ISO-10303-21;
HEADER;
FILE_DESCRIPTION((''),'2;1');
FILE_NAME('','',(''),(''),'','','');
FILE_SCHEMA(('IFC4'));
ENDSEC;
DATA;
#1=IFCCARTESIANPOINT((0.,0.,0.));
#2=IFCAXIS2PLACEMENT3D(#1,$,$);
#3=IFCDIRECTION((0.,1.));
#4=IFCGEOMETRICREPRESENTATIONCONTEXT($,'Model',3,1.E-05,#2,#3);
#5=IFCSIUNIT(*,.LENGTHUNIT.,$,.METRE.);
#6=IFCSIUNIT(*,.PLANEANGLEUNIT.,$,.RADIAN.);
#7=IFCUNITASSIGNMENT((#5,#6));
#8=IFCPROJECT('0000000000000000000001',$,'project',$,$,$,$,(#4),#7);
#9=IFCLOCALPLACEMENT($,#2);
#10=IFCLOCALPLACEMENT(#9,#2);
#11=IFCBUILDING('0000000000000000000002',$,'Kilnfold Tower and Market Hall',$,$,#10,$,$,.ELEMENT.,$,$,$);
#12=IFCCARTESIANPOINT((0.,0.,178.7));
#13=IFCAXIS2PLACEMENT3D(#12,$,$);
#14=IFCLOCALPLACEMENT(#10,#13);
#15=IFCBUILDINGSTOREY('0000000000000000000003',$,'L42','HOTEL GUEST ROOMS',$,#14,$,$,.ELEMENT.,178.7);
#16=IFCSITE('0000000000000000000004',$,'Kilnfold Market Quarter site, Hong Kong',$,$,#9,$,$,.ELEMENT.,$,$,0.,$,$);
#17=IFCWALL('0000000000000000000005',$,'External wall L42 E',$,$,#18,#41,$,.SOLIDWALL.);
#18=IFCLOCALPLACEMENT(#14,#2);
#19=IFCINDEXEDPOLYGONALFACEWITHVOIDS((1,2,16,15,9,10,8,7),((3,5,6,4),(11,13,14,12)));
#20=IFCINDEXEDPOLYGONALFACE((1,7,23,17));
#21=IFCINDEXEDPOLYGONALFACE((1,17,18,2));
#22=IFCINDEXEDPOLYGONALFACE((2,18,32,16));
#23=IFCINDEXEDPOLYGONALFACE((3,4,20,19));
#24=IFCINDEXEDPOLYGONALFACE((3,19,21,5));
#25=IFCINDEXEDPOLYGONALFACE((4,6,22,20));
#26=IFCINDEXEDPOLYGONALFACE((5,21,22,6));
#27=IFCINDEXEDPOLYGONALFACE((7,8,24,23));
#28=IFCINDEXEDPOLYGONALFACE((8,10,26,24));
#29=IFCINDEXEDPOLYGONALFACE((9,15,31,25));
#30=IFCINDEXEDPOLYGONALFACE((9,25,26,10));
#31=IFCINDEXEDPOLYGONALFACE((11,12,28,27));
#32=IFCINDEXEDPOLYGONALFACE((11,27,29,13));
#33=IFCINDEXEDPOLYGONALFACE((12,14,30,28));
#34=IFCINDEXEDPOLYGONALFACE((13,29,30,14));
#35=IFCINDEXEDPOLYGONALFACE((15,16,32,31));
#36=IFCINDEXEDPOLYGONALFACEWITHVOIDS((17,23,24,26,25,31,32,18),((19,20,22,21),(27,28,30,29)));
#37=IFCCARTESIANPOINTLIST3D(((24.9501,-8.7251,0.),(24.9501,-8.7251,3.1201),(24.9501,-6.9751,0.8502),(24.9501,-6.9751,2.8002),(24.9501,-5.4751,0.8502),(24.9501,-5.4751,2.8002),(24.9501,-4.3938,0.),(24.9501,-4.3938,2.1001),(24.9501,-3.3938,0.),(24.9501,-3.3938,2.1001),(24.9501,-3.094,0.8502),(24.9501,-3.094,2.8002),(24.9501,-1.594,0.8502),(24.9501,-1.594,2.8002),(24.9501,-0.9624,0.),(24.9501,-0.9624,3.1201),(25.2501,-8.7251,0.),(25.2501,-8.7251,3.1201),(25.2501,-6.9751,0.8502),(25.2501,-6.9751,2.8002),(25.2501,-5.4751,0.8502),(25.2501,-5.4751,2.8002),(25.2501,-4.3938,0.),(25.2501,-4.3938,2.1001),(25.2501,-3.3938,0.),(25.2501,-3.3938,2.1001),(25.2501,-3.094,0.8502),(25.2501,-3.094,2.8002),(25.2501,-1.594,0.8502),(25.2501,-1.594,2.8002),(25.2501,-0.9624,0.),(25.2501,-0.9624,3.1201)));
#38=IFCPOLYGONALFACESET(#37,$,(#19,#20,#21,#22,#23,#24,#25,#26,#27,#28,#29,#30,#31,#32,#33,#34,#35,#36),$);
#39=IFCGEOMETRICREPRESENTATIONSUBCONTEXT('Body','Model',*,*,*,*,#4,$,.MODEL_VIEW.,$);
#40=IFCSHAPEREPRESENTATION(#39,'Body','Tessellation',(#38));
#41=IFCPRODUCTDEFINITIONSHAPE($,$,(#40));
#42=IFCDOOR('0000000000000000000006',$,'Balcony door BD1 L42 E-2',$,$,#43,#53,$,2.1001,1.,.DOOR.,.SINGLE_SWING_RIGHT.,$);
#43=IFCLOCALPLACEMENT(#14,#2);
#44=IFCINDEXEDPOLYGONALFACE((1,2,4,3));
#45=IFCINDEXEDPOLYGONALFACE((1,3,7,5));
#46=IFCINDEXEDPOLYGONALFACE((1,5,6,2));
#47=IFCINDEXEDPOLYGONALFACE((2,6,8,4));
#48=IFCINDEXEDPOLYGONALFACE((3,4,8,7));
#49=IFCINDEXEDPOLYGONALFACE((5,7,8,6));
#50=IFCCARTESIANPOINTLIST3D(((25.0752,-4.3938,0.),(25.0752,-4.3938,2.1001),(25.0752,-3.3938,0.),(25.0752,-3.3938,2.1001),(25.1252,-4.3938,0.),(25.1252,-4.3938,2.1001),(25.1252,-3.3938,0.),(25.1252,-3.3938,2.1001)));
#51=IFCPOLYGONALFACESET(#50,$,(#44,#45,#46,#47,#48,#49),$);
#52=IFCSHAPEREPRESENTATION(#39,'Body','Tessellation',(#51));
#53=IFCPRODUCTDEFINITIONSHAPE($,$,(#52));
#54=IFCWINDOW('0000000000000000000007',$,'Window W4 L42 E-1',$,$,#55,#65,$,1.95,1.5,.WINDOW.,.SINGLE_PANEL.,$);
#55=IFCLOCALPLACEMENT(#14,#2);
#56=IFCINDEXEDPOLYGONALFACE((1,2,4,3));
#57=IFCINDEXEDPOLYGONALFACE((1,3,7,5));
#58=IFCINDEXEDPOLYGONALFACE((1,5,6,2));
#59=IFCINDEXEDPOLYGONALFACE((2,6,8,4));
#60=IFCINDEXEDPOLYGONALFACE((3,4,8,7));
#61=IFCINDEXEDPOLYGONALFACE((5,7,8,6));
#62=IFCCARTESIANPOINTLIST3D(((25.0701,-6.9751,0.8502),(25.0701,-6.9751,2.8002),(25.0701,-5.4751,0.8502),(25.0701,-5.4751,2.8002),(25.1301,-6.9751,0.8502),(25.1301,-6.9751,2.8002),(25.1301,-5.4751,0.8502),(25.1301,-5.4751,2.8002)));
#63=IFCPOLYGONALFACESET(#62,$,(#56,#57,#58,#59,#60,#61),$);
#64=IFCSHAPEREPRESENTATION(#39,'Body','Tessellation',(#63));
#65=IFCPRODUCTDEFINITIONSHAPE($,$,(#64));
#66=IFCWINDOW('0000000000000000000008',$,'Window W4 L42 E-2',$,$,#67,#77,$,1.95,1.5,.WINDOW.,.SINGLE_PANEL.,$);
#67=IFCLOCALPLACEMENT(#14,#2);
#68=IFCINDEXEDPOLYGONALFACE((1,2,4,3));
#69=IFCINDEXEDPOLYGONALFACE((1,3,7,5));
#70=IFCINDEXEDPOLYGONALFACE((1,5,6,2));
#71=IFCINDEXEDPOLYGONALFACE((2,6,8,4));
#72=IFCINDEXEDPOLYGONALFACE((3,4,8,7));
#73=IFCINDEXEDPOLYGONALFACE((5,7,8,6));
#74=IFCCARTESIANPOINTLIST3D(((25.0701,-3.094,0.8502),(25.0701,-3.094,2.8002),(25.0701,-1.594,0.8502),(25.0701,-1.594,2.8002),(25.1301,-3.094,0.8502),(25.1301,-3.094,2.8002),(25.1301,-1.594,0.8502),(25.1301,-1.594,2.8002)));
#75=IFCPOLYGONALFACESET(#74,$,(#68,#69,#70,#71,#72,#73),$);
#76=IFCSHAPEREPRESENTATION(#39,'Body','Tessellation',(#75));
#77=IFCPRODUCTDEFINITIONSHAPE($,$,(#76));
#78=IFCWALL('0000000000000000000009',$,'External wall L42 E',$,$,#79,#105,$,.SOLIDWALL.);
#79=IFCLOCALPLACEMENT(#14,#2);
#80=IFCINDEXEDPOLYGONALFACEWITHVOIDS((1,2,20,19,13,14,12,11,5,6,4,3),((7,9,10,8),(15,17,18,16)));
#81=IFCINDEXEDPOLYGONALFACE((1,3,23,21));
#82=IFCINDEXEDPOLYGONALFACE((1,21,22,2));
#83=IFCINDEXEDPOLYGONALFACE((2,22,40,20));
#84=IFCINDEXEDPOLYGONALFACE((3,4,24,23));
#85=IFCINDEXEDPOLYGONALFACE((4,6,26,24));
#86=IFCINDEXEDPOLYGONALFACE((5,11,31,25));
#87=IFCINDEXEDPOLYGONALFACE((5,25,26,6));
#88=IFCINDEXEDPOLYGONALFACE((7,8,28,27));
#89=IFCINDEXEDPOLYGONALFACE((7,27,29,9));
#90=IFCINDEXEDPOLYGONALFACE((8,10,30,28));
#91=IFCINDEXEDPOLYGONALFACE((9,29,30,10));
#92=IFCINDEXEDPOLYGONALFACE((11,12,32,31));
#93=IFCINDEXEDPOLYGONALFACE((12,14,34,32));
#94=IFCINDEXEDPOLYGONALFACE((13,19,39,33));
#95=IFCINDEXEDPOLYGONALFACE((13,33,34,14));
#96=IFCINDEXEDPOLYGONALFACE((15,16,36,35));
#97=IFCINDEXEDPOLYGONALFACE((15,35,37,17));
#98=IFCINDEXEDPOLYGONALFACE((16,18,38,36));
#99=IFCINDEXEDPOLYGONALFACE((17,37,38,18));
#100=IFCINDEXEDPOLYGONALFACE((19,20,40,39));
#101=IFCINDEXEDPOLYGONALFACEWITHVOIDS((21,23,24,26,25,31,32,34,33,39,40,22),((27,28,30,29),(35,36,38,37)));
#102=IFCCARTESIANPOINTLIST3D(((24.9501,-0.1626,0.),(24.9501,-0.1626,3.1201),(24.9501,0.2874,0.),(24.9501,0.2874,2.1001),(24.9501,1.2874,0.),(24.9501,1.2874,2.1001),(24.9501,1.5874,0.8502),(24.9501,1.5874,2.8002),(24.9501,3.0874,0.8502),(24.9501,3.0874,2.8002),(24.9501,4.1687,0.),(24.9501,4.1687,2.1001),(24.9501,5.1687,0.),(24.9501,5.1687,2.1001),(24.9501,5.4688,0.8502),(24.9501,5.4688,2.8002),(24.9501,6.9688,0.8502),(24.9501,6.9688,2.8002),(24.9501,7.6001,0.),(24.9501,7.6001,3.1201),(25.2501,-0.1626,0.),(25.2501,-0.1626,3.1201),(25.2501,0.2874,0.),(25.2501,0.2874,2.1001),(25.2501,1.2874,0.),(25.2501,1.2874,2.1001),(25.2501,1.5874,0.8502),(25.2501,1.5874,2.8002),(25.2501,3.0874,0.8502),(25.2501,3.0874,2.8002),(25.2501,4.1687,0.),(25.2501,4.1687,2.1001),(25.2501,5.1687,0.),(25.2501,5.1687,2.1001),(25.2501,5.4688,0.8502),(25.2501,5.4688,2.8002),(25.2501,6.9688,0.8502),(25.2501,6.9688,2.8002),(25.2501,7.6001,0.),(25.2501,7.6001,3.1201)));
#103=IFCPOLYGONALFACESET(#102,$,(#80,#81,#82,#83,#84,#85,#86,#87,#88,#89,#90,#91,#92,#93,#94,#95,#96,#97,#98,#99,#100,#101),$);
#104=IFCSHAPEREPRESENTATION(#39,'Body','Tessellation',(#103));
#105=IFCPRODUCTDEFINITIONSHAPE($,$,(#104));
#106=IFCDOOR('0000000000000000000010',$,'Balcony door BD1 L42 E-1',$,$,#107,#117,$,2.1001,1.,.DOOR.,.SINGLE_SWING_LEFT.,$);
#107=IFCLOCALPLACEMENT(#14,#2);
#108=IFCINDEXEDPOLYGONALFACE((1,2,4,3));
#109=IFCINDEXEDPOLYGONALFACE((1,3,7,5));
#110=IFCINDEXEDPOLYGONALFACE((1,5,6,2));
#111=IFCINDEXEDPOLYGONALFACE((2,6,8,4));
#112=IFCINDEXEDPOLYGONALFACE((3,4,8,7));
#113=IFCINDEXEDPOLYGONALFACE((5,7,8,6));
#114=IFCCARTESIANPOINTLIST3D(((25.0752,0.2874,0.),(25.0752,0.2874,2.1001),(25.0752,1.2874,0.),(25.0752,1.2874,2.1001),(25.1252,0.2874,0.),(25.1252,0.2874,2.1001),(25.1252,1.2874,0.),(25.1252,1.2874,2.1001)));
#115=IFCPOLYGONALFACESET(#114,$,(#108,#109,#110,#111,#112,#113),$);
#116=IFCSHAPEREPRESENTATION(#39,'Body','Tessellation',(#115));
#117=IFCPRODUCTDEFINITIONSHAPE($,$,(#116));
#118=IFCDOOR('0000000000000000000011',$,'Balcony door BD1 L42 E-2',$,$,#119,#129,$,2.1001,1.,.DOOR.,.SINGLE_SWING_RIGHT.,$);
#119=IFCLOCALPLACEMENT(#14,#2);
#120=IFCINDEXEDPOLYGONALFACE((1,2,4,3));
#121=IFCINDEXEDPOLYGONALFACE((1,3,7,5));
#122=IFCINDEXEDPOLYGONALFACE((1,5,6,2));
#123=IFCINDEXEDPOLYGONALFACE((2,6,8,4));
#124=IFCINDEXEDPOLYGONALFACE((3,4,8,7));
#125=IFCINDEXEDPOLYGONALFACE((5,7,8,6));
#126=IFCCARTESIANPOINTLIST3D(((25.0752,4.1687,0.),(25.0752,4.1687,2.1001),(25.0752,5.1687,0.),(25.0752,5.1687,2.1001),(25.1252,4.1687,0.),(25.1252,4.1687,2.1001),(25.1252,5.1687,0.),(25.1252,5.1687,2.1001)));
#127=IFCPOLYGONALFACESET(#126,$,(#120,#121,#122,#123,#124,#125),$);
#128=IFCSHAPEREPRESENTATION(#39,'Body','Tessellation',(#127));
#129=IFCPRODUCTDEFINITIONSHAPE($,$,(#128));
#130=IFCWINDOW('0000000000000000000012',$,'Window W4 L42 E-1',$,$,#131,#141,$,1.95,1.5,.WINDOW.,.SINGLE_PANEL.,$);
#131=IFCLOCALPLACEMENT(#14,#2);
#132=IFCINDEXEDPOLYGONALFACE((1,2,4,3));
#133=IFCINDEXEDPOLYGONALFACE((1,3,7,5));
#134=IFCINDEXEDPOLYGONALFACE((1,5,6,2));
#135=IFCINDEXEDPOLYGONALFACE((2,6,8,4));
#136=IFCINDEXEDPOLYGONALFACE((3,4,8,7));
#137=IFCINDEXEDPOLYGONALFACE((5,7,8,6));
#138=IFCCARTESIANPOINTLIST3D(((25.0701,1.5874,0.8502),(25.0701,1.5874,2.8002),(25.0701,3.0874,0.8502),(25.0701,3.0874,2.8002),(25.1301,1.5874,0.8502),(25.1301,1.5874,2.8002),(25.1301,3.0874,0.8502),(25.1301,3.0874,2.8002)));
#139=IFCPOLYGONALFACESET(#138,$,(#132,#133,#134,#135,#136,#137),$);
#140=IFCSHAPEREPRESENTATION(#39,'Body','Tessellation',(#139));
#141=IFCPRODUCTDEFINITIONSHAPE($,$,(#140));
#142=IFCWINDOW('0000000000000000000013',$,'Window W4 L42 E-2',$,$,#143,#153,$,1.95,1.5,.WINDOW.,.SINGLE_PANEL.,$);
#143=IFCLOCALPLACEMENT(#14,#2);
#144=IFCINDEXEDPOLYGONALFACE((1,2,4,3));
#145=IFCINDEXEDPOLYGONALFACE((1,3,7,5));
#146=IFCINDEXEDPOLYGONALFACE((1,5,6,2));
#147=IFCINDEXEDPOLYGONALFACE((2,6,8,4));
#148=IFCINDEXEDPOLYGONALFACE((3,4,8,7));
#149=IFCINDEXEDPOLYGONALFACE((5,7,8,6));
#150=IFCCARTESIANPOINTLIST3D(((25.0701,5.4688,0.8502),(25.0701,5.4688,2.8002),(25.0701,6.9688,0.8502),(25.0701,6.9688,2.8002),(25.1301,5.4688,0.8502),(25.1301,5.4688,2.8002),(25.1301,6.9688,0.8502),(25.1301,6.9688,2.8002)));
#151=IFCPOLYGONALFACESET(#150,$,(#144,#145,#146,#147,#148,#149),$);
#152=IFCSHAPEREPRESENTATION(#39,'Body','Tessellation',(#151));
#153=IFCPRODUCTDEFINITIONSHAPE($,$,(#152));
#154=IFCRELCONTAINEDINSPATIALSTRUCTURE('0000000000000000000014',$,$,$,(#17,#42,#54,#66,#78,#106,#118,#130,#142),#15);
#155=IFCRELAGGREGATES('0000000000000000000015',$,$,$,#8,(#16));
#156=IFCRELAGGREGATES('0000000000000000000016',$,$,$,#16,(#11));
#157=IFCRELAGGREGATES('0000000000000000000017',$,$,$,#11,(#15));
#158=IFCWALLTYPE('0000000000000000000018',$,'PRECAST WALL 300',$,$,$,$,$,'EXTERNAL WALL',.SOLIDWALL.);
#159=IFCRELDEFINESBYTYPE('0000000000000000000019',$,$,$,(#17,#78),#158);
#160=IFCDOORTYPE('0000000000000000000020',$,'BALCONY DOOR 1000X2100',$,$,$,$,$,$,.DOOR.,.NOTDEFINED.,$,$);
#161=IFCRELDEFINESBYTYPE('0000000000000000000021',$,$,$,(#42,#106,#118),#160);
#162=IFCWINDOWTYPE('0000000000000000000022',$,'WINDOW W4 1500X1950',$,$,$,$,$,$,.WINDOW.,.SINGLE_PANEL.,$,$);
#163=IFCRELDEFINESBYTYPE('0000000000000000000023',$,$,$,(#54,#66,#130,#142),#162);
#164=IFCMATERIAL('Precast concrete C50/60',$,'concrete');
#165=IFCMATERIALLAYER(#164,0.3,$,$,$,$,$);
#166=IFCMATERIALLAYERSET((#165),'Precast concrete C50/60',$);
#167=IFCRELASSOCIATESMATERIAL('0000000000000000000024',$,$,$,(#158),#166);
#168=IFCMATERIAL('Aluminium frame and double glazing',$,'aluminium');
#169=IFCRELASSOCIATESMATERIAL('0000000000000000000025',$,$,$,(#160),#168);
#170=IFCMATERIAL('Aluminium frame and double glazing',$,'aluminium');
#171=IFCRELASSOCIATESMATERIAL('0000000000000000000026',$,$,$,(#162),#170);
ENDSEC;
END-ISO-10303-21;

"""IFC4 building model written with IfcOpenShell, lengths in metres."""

from ifc_helpers import new_model, si_unit, direction, frame, frame_2d, origin, place, context, subcontext, project, spatial, rectangle, extrude, source, transform, mapped, material, layer, layer_set, type_object, element, fill, save


model = new_model("IFC4")

# Units and contexts
model_context = context("Model", 3, precision=1e-05, world=origin(), true_north=direction((0.0, 1.0)))
body_context = subcontext(model_context, "Body", "Model", "MODEL_VIEW")
ifc_project = project(units=[si_unit("LENGTHUNIT", "METRE"), si_unit("PLANEANGLEUNIT", "RADIAN")], contexts=[model_context])

# Site, building, storey
site_placement = place(None, origin())
site = spatial("IfcSite", under=ifc_project, at=site_placement, Name="Kilnfold Market Quarter site, Hong Kong", CompositionType="ELEMENT", RefElevation=0.0)
building_placement = place(site_placement, origin())
building = spatial("IfcBuilding", under=site, at=building_placement, Name="Kilnfold Tower and Market Hall", CompositionType="ELEMENT")
storey_placement = place(building_placement, frame((0.0, 0.0, 178.7)))
storey = spatial("IfcBuildingStorey", under=building, at=storey_placement, Name="L42", Description="HOTEL GUEST ROOMS", CompositionType="ELEMENT", Elevation=178.7)

# Wall, openings, door, windows
ifc_material_1 = material(Name="Precast concrete C50/60", Category="concrete")
ifc_layer_1 = layer(ifc_material_1, 0.3)
ifc_layer_set_1 = layer_set([ifc_layer_1], Name="Precast concrete C50/60")
wall_type_1 = type_object("IfcWallType", Name="PRECAST WALL 300", ElementType="EXTERNAL WALL", PredefinedType="SOLIDWALL", material=ifc_layer_set_1)
shared_shape_1 = source(origin(), body_context, "Body", "SweptSolid", [
    extrude(rectangle(XDim=7.7627, YDim=0.3, at=frame_2d((3.8813, 0.0))), origin(), (0.0, 0.0, 1.0), 3.1201),
])
wall_1_placement = place(storey_placement, frame((25.1001, -8.7251, 0.0), z_axis=(0.0, 0.0, 1.0), x_axis=(0.0, 1.0, 0.0)))
wall_1 = element("IfcWall", 1, at=wall_1_placement, inside=storey, type_object=wall_type_1, Name="External wall L42 E", PredefinedType="SOLIDWALL", context=body_context, shape_type="MappedRepresentation", body=[
    mapped(shared_shape_1, transform((0.0, 0.0, 0.0))),
])
opening_1_placement = place(wall_1_placement, frame((1.75, 0.0, 0.8501)))
opening_1 = element("IfcOpeningElement", 2, at=opening_1_placement, cuts=wall_1, PredefinedType="OPENING", context=body_context, shape_type="SweptSolid", body=[
    extrude(rectangle(XDim=1.5, YDim=1.95, at=frame_2d((0.75, 0.9751))), frame((0.0, 0.1602, 0.0), z_axis=(0.0, -1.0, 0.0), x_axis=(1.0, 0.0, 0.0)), (0.0, 0.0, 1.0), 0.3201),
])
opening_2_placement = place(wall_1_placement, frame((5.6311, 0.0, 0.8501)))
opening_2 = element("IfcOpeningElement", 3, at=opening_2_placement, cuts=wall_1, PredefinedType="OPENING", context=body_context, shape_type="SweptSolid", body=[
    extrude(rectangle(XDim=1.5, YDim=1.95, at=frame_2d((0.75, 0.9751))), frame((0.0, 0.1602, 0.0), z_axis=(0.0, -1.0, 0.0), x_axis=(1.0, 0.0, 0.0)), (0.0, 0.0, 1.0), 0.3201),
])
opening_3_placement = place(wall_1_placement, frame((4.3313, 0.0, 0.0)))
opening_3 = element("IfcOpeningElement", 4, at=opening_3_placement, cuts=wall_1, PredefinedType="OPENING", context=body_context, shape_type="SweptSolid", body=[
    extrude(rectangle(XDim=1.0, YDim=2.1001, at=frame_2d((0.5, 1.05))), frame((0.0, 0.1602, 0.0), z_axis=(0.0, -1.0, 0.0), x_axis=(1.0, 0.0, 0.0)), (0.0, 0.0, 1.0), 0.3201),
])
ifc_material_2 = material(Name="Aluminium frame and double glazing", Category="aluminium")
door_type_1 = type_object("IfcDoorType", Name="BALCONY DOOR 1000X2100", OperationType="NOTDEFINED", PredefinedType="DOOR", material=ifc_material_2)
door_1_placement = place(opening_3_placement, origin())
door_1 = element("IfcDoor", 5, at=door_1_placement, inside=storey, type_object=door_type_1, Name="Balcony door BD1 L42 E-2", OperationType="SINGLE_SWING_RIGHT", OverallHeight=2.1001, OverallWidth=1.0, PredefinedType="DOOR", context=body_context, shape_type="SweptSolid", body=[
    extrude(rectangle(XDim=1.0, YDim=2.1001, at=frame_2d((0.5, 1.05))), frame((0.0, 0.0249, 0.0), z_axis=(0.0, -1.0, 0.0), x_axis=(1.0, 0.0, 0.0)), (0.0, 0.0, 1.0), 0.05),
])
fill(opening_3, door_1)
ifc_material_3 = material(Name="Aluminium frame and double glazing", Category="aluminium")
window_type = type_object("IfcWindowType", Name="WINDOW W4 1500X1950", PartitioningType="SINGLE_PANEL", PredefinedType="WINDOW", material=ifc_material_3)
window_1_placement = place(opening_1_placement, origin())
window_1 = element("IfcWindow", 6, at=window_1_placement, inside=storey, type_object=window_type, Name="Window W4 L42 E-1", OverallHeight=1.95, OverallWidth=1.5, PartitioningType="SINGLE_PANEL", PredefinedType="WINDOW", context=body_context, shape_type="SweptSolid", body=[
    extrude(rectangle(XDim=1.5, YDim=1.95, at=frame_2d((0.75, 0.9751))), frame((0.0, 0.03, 0.0), z_axis=(0.0, -1.0, 0.0), x_axis=(1.0, 0.0, 0.0)), (0.0, 0.0, 1.0), 0.0601),
])
fill(opening_1, window_1)
window_2_placement = place(opening_2_placement, origin())
window_2 = element("IfcWindow", 7, at=window_2_placement, inside=storey, type_object=window_type, Name="Window W4 L42 E-2", OverallHeight=1.95, OverallWidth=1.5, PartitioningType="SINGLE_PANEL", PredefinedType="WINDOW", context=body_context, shape_type="SweptSolid", body=[
    extrude(rectangle(XDim=1.5, YDim=1.95, at=frame_2d((0.75, 0.9751))), frame((0.0, 0.03, 0.0), z_axis=(0.0, -1.0, 0.0), x_axis=(1.0, 0.0, 0.0)), (0.0, 0.0, 1.0), 0.0601),
])
fill(opening_2, window_2)

# Wall, openings, doors, windows
wall_2_placement = place(storey_placement, frame((25.1001, -0.1626, 0.0), z_axis=(0.0, 0.0, 1.0), x_axis=(0.0, 1.0, 0.0)))
wall_2 = element("IfcWall", 8, at=wall_2_placement, inside=storey, type_object=wall_type_1, Name="External wall L42 E", PredefinedType="SOLIDWALL", context=body_context, shape_type="MappedRepresentation", body=[
    mapped(shared_shape_1, transform((0.0, 0.0, 0.0))),
])
opening_4_placement = place(wall_2_placement, frame((1.75, 0.0, 0.8501)))
opening_4 = element("IfcOpeningElement", 9, at=opening_4_placement, cuts=wall_2, PredefinedType="OPENING", context=body_context, shape_type="SweptSolid", body=[
    extrude(rectangle(XDim=1.5, YDim=1.95, at=frame_2d((0.75, 0.9751))), frame((0.0, 0.1602, 0.0), z_axis=(0.0, -1.0, 0.0), x_axis=(1.0, 0.0, 0.0)), (0.0, 0.0, 1.0), 0.3201),
])
opening_5_placement = place(wall_2_placement, frame((0.45, 0.0, 0.0)))
opening_5 = element("IfcOpeningElement", 10, at=opening_5_placement, cuts=wall_2, PredefinedType="OPENING", context=body_context, shape_type="SweptSolid", body=[
    extrude(rectangle(XDim=1.0, YDim=2.1001, at=frame_2d((0.5, 1.05))), frame((0.0, 0.1602, 0.0), z_axis=(0.0, -1.0, 0.0), x_axis=(1.0, 0.0, 0.0)), (0.0, 0.0, 1.0), 0.3201),
])
opening_6_placement = place(wall_2_placement, frame((5.6313, 0.0, 0.8501)))
opening_6 = element("IfcOpeningElement", 11, at=opening_6_placement, cuts=wall_2, PredefinedType="OPENING", context=body_context, shape_type="SweptSolid", body=[
    extrude(rectangle(XDim=1.5, YDim=1.95, at=frame_2d((0.75, 0.9751))), frame((0.0, 0.1602, 0.0), z_axis=(0.0, -1.0, 0.0), x_axis=(1.0, 0.0, 0.0)), (0.0, 0.0, 1.0), 0.3201),
])
opening_7_placement = place(wall_2_placement, frame((4.3313, 0.0, 0.0)))
opening_7 = element("IfcOpeningElement", 12, at=opening_7_placement, cuts=wall_2, PredefinedType="OPENING", context=body_context, shape_type="SweptSolid", body=[
    extrude(rectangle(XDim=1.0, YDim=2.1001, at=frame_2d((0.5, 1.05))), frame((0.0, 0.1602, 0.0), z_axis=(0.0, -1.0, 0.0), x_axis=(1.0, 0.0, 0.0)), (0.0, 0.0, 1.0), 0.3201),
])
door_2_placement = place(opening_5_placement, origin())
door_2 = element("IfcDoor", 13, at=door_2_placement, inside=storey, type_object=door_type_1, Name="Balcony door BD1 L42 E-1", OperationType="SINGLE_SWING_LEFT", OverallHeight=2.1001, OverallWidth=1.0, PredefinedType="DOOR", context=body_context, shape_type="SweptSolid", body=[
    extrude(rectangle(XDim=1.0, YDim=2.1001, at=frame_2d((0.5, 1.05))), frame((0.0, 0.0249, 0.0), z_axis=(0.0, -1.0, 0.0), x_axis=(1.0, 0.0, 0.0)), (0.0, 0.0, 1.0), 0.05),
])
fill(opening_5, door_2)
door_3_placement = place(opening_7_placement, origin())
door_3 = element("IfcDoor", 14, at=door_3_placement, inside=storey, type_object=door_type_1, Name="Balcony door BD1 L42 E-2", OperationType="SINGLE_SWING_RIGHT", OverallHeight=2.1001, OverallWidth=1.0, PredefinedType="DOOR", context=body_context, shape_type="SweptSolid", body=[
    extrude(rectangle(XDim=1.0, YDim=2.1001, at=frame_2d((0.5, 1.05))), frame((0.0, 0.0249, 0.0), z_axis=(0.0, -1.0, 0.0), x_axis=(1.0, 0.0, 0.0)), (0.0, 0.0, 1.0), 0.05),
])
fill(opening_7, door_3)
window_3_placement = place(opening_4_placement, origin())
window_3 = element("IfcWindow", 15, at=window_3_placement, inside=storey, type_object=window_type, Name="Window W4 L42 E-1", OverallHeight=1.95, OverallWidth=1.5, PartitioningType="SINGLE_PANEL", PredefinedType="WINDOW", context=body_context, shape_type="SweptSolid", body=[
    extrude(rectangle(XDim=1.5, YDim=1.95, at=frame_2d((0.75, 0.9751))), frame((0.0, 0.03, 0.0), z_axis=(0.0, -1.0, 0.0), x_axis=(1.0, 0.0, 0.0)), (0.0, 0.0, 1.0), 0.0601),
])
fill(opening_4, window_3)
window_4_placement = place(opening_6_placement, origin())
window_4 = element("IfcWindow", 16, at=window_4_placement, inside=storey, type_object=window_type, Name="Window W4 L42 E-2", OverallHeight=1.95, OverallWidth=1.5, PartitioningType="SINGLE_PANEL", PredefinedType="WINDOW", context=body_context, shape_type="SweptSolid", body=[
    extrude(rectangle(XDim=1.5, YDim=1.95, at=frame_2d((0.75, 0.9751))), frame((0.0, 0.03, 0.0), z_axis=(0.0, -1.0, 0.0), x_axis=(1.0, 0.0, 0.0)), (0.0, 0.0, 1.0), 0.0601),
])
fill(opening_6, window_4)

save(model, "model.ifc")
